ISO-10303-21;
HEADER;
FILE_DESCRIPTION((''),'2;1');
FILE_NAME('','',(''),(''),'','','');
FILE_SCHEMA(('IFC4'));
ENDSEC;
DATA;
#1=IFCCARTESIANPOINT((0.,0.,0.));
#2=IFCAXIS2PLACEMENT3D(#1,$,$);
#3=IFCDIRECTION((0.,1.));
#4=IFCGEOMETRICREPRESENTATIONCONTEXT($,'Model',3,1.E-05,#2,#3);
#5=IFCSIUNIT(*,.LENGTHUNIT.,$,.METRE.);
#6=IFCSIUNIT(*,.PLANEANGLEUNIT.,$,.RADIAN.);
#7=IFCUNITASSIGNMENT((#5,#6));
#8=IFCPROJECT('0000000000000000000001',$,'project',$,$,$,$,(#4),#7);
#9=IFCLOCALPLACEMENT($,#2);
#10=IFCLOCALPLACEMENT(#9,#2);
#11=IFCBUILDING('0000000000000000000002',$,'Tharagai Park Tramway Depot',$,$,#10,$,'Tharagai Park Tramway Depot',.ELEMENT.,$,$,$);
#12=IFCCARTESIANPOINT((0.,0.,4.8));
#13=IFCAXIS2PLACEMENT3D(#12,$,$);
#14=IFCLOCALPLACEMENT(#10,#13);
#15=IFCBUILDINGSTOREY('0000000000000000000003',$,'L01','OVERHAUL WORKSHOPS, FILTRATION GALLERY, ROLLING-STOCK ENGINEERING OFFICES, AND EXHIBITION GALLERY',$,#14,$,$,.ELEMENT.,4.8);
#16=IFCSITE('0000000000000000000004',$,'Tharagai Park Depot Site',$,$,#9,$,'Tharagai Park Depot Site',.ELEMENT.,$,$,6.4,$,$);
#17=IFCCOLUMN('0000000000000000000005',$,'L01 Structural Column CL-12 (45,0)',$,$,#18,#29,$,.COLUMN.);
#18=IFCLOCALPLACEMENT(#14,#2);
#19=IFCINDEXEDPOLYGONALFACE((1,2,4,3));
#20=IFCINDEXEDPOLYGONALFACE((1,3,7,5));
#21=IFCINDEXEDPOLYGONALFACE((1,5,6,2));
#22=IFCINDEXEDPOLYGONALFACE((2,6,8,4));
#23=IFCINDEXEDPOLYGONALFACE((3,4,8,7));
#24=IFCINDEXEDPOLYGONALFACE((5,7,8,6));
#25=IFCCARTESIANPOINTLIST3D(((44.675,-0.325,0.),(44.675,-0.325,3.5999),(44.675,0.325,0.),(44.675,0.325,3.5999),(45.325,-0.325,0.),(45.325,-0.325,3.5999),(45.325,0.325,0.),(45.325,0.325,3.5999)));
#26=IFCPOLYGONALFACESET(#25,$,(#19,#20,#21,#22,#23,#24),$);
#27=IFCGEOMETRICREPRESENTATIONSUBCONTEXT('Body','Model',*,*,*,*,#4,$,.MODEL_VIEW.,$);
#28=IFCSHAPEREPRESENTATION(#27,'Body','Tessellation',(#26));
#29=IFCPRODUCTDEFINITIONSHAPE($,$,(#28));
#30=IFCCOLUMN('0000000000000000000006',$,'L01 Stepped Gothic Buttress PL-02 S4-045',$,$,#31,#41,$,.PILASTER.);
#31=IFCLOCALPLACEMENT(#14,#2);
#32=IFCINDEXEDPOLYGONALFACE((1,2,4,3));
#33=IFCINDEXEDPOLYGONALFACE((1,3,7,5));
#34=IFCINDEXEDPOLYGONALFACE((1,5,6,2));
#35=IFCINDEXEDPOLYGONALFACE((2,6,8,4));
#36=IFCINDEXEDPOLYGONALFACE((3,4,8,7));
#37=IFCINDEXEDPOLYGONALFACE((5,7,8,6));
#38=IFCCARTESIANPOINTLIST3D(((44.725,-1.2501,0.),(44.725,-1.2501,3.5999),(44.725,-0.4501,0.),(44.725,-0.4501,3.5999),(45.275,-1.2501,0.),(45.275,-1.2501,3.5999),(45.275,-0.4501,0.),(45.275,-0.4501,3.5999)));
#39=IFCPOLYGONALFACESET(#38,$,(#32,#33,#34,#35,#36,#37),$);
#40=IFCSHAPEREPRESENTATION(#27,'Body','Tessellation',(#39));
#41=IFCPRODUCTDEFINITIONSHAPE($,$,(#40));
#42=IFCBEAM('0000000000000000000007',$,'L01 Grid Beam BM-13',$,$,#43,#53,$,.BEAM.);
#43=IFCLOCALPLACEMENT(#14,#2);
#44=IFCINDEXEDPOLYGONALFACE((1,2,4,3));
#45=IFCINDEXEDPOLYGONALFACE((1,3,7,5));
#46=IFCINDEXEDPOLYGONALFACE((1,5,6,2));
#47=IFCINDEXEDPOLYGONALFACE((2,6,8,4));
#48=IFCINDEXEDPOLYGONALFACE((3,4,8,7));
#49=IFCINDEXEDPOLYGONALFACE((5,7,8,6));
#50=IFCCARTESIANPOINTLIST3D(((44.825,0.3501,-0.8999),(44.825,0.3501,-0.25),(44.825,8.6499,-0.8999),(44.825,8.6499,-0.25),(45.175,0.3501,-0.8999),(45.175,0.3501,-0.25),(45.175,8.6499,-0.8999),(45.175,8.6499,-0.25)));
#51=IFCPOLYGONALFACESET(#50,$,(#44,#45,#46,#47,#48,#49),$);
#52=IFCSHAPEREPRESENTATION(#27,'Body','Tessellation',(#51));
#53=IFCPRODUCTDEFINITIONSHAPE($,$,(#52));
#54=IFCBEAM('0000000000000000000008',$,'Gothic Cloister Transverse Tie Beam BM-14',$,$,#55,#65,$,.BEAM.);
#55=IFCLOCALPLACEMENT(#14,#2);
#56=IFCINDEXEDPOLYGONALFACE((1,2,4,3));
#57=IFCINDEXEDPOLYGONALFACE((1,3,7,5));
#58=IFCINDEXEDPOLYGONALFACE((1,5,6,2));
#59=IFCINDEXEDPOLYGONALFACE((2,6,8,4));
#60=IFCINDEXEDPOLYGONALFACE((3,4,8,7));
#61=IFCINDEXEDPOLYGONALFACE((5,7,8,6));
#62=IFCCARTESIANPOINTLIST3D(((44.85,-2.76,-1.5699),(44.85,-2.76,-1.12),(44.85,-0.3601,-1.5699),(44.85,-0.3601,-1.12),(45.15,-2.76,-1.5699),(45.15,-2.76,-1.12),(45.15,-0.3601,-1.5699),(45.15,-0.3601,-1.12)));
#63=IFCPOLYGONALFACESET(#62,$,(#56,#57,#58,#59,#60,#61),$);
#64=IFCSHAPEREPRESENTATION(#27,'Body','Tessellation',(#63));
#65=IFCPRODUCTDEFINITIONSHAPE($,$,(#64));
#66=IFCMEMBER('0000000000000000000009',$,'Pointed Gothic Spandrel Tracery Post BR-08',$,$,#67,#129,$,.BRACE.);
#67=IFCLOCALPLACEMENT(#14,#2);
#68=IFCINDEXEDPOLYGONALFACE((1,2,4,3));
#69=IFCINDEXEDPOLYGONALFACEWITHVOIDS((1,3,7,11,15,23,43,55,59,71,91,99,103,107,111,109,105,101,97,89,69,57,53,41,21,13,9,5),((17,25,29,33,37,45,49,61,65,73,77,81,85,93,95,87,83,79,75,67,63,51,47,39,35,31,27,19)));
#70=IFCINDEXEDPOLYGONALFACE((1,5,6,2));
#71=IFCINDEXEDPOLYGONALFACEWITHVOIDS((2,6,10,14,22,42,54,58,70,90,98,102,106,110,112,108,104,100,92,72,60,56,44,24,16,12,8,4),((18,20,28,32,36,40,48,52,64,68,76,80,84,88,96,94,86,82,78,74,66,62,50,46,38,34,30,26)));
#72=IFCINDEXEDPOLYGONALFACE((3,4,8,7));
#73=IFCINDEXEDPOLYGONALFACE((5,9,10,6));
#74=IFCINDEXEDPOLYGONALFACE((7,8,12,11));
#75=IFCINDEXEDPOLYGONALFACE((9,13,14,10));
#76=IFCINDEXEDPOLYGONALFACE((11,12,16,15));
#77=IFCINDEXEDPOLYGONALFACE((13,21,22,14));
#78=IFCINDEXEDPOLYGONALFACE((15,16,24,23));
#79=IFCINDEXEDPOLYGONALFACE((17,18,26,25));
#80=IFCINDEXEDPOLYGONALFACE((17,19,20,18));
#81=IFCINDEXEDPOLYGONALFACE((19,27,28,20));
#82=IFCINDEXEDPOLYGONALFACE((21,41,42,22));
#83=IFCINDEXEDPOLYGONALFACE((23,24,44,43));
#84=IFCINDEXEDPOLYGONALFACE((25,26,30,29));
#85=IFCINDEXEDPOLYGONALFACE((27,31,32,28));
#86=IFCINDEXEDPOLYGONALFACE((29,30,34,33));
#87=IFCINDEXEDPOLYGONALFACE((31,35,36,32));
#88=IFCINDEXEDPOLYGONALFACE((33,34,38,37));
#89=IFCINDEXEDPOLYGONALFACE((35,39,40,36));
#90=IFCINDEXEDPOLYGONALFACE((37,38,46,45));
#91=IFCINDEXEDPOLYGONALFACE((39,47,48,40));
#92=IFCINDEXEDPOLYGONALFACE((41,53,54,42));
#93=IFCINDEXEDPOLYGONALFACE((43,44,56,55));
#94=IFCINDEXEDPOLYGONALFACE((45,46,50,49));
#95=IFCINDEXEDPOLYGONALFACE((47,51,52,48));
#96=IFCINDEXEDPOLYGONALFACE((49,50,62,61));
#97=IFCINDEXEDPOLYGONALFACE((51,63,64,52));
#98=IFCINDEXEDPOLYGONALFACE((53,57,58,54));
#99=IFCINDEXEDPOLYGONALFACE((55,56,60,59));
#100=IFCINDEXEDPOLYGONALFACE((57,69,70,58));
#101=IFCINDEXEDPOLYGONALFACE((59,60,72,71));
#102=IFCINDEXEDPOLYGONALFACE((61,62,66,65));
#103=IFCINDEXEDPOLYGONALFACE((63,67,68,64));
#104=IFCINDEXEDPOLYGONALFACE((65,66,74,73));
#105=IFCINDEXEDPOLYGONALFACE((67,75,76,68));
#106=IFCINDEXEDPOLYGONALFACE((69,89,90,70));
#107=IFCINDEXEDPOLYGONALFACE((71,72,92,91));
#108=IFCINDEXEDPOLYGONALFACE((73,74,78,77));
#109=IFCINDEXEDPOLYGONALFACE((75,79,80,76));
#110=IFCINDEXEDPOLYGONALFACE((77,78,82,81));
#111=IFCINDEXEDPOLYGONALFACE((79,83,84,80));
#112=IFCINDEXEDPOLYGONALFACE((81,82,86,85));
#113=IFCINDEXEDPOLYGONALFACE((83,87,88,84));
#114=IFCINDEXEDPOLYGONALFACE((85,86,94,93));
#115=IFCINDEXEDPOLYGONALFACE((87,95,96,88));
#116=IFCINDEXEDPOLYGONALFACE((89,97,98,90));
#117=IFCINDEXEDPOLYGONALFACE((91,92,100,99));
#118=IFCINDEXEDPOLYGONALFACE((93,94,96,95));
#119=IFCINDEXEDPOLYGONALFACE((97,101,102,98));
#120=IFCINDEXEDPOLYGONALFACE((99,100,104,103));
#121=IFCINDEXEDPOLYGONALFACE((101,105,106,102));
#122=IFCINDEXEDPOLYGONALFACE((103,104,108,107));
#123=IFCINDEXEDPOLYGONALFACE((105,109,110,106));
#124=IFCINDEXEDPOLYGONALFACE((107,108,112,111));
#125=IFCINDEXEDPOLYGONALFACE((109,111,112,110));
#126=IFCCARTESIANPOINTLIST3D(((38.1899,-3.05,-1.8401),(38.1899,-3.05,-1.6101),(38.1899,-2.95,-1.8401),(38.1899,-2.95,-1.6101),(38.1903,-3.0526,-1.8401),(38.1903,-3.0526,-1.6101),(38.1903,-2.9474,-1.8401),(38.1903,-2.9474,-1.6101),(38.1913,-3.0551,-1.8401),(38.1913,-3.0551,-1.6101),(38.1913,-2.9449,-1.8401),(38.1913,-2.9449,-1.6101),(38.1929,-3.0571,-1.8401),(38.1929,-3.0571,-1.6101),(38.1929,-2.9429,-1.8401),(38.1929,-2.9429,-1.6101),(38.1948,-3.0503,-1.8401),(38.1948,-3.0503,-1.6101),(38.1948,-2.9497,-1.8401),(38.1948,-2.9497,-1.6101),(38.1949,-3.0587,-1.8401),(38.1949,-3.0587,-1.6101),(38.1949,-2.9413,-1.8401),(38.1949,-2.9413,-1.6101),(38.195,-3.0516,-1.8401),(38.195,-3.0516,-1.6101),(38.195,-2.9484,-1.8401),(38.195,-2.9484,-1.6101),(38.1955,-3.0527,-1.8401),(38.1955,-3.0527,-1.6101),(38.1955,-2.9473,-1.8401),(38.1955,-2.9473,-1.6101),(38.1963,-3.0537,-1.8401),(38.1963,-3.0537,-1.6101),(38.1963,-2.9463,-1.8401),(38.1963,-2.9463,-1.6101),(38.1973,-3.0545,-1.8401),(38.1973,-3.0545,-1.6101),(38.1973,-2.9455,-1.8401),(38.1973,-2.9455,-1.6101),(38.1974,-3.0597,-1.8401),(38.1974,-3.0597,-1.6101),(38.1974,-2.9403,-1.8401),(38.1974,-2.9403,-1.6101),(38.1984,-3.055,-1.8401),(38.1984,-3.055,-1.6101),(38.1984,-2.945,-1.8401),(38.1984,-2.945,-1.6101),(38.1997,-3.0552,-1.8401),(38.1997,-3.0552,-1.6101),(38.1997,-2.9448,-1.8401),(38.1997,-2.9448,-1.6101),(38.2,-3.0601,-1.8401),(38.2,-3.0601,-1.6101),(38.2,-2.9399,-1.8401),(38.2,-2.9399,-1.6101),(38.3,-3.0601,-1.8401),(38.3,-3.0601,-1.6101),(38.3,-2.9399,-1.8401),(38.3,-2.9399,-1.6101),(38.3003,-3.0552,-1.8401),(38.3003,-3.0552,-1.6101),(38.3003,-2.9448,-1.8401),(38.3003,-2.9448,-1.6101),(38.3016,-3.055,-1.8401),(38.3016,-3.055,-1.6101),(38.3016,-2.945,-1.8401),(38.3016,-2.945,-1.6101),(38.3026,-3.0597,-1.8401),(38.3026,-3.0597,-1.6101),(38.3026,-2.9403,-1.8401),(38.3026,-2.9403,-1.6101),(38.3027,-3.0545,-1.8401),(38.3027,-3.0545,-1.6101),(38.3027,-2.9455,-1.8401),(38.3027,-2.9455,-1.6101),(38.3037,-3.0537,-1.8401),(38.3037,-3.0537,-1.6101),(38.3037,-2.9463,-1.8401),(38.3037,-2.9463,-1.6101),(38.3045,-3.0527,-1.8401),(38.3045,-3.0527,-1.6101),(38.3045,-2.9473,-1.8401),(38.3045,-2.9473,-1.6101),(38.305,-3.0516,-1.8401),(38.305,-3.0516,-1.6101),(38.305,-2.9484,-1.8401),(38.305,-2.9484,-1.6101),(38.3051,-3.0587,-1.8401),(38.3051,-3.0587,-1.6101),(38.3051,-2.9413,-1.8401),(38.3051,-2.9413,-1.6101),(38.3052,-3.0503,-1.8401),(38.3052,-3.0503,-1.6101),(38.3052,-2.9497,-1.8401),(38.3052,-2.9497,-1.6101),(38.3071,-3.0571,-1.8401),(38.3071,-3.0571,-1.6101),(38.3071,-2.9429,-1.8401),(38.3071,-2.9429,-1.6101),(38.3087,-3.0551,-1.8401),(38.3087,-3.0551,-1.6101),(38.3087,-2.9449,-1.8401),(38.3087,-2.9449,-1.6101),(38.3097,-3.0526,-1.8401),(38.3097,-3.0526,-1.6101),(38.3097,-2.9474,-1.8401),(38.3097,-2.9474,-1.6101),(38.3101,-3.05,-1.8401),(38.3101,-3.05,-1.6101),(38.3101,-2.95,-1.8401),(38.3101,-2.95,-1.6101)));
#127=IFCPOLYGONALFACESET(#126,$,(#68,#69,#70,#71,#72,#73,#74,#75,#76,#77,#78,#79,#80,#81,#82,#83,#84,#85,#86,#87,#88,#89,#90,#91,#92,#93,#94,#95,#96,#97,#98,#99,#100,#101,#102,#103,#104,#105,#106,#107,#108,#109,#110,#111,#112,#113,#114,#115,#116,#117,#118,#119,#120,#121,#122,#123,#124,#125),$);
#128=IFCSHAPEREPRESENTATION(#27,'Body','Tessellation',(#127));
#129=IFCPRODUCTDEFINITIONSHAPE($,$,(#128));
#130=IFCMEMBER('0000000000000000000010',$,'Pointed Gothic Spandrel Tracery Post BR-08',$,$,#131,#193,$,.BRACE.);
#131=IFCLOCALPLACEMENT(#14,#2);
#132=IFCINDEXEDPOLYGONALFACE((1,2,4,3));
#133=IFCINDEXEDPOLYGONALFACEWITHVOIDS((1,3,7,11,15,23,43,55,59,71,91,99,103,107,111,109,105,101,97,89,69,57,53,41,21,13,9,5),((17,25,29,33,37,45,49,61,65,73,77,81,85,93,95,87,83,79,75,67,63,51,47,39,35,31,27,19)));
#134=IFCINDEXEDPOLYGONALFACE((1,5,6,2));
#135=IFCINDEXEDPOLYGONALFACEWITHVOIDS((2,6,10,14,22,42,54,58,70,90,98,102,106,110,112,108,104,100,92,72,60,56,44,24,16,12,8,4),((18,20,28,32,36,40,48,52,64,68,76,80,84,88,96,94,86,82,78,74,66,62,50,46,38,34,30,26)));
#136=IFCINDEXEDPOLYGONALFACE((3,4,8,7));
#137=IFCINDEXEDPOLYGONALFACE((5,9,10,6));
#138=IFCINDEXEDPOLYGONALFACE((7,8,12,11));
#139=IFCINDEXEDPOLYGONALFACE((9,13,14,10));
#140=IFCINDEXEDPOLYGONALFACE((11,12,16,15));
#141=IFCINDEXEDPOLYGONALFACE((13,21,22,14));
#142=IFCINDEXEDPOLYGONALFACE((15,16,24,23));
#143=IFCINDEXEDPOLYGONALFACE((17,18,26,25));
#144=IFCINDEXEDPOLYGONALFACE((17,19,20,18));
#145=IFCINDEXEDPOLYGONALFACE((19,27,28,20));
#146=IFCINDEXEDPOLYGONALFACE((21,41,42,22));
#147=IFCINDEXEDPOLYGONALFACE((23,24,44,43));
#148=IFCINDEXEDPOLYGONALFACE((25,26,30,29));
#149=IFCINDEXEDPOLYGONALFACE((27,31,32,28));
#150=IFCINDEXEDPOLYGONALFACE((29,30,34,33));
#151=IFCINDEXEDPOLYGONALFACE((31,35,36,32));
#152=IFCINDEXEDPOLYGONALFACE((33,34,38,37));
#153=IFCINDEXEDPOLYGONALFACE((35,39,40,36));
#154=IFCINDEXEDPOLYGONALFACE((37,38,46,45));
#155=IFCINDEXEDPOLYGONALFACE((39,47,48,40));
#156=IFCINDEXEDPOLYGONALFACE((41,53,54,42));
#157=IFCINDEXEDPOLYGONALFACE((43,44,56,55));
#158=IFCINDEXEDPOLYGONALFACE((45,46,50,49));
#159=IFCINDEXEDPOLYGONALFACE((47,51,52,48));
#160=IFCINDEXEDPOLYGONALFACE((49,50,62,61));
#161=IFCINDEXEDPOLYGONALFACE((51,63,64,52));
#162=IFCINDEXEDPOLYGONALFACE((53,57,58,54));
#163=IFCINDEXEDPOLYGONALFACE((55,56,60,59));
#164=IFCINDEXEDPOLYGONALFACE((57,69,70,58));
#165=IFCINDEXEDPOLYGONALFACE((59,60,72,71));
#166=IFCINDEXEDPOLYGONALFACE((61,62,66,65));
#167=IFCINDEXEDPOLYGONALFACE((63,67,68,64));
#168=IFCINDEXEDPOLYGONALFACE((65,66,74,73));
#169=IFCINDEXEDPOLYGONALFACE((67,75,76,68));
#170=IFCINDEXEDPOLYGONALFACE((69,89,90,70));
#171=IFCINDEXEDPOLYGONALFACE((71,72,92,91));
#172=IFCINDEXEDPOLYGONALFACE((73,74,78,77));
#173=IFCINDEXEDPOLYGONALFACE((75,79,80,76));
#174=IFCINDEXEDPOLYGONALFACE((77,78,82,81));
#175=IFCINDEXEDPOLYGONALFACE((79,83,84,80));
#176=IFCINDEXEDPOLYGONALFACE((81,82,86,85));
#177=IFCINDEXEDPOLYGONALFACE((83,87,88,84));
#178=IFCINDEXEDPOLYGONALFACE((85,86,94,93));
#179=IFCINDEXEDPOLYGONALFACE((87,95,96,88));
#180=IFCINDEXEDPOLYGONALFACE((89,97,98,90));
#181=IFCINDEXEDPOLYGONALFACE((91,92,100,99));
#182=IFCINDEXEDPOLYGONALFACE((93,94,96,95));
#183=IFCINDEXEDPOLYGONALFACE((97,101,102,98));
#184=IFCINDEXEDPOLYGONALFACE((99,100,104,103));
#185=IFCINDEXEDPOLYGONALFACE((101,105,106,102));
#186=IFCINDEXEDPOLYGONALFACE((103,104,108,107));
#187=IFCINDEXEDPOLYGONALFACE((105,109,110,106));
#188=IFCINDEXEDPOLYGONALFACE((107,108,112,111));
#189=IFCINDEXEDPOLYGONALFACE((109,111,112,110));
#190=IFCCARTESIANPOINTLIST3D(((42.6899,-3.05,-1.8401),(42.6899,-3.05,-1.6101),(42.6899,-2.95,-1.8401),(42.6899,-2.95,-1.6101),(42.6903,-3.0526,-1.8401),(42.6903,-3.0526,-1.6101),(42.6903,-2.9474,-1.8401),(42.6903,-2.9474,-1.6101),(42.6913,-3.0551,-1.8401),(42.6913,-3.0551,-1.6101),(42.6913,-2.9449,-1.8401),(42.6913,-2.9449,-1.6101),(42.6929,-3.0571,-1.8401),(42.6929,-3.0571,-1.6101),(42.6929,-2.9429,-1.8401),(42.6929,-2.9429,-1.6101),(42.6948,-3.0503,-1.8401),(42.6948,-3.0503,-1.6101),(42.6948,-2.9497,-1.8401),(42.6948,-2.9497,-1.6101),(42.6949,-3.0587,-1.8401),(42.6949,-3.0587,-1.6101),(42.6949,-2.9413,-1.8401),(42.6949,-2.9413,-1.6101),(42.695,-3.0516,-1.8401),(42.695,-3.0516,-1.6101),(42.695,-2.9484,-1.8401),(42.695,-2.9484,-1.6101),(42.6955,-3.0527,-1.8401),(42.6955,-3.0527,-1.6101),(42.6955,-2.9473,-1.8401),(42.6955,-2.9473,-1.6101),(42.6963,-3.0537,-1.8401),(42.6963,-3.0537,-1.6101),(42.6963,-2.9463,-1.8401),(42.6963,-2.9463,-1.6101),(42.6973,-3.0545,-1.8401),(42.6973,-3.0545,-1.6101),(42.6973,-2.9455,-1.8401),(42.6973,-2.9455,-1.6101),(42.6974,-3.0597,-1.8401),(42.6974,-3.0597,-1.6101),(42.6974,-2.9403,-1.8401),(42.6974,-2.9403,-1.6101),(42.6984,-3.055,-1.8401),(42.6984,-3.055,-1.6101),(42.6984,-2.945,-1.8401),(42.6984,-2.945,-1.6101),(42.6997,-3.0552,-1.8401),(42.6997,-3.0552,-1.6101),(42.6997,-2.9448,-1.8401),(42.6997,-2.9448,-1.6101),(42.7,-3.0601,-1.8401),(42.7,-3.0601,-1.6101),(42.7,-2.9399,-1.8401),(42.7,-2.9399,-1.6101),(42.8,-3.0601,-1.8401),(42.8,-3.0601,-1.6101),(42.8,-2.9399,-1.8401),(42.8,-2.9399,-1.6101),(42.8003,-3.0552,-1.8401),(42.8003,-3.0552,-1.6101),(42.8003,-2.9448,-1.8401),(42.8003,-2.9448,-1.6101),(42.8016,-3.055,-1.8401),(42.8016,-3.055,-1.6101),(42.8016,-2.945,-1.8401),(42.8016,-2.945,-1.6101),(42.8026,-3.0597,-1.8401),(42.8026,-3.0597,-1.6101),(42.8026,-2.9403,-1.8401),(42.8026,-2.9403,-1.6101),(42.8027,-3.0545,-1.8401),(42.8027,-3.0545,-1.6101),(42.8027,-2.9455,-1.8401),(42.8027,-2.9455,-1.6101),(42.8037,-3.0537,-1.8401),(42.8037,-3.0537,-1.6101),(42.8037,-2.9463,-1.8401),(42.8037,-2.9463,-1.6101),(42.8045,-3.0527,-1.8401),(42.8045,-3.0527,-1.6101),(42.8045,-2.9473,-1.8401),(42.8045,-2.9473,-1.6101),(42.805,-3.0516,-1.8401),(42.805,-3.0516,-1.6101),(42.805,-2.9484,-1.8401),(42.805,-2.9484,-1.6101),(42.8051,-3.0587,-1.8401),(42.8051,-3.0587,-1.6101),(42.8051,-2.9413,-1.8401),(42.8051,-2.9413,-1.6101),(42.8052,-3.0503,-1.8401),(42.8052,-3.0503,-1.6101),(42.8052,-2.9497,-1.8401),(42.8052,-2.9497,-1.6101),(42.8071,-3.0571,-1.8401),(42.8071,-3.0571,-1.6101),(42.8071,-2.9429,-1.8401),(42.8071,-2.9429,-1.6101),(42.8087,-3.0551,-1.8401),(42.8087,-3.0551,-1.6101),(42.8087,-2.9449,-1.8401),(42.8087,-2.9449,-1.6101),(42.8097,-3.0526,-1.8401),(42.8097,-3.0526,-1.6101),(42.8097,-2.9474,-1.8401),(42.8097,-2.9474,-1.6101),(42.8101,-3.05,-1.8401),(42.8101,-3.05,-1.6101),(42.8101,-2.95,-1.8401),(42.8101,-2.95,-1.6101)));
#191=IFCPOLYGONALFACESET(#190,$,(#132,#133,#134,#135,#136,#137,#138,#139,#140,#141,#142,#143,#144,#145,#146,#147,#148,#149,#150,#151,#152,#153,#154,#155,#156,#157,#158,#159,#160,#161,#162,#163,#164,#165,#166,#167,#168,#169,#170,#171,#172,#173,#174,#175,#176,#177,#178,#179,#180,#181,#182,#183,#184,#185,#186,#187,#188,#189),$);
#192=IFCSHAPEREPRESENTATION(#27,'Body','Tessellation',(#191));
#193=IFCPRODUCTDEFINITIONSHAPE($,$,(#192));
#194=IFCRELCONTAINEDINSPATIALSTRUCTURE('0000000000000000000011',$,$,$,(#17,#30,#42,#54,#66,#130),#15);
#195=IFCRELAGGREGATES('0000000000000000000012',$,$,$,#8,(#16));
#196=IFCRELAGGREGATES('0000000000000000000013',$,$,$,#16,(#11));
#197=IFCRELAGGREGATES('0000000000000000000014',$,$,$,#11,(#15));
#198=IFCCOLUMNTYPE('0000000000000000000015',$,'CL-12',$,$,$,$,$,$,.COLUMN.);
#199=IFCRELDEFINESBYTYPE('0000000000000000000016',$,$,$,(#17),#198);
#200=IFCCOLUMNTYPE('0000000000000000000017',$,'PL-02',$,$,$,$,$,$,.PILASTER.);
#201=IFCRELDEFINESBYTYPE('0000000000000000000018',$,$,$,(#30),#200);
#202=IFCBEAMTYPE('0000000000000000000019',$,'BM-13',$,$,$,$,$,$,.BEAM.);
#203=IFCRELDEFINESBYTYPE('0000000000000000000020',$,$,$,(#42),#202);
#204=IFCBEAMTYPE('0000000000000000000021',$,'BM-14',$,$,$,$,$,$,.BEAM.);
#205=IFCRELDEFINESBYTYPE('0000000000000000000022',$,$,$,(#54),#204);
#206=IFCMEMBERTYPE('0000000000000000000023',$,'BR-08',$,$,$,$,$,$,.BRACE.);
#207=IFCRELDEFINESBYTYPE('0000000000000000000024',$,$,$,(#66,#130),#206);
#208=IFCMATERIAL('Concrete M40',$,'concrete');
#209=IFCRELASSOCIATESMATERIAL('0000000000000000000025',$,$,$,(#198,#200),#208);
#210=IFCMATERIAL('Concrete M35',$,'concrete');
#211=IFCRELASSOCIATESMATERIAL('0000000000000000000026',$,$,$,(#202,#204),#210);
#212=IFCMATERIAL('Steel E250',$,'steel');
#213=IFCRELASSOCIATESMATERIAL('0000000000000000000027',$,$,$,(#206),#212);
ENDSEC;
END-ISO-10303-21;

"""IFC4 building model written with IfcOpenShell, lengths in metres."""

from ifc_helpers import new_model, si_unit, direction, frame, origin, origin_2d, place, context, subcontext, project, spatial, rectangle, hollow_rectangle, extrude, material, material_profile, profile_set, type_object, element, save


model = new_model("IFC4")

# Units and contexts
model_context = context("Model", 3, precision=1e-05, world=origin(), true_north=direction((0.0, 1.0)))
body_context = subcontext(model_context, "Body", "Model", "MODEL_VIEW")
ifc_project = project(units=[si_unit("LENGTHUNIT", "METRE"), si_unit("PLANEANGLEUNIT", "RADIAN")], contexts=[model_context])

# Site, building, storey
site_placement = place(None, origin())
site = spatial("IfcSite", under=ifc_project, at=site_placement, Name="Tharagai Park Depot Site", LongName="Tharagai Park Depot Site", CompositionType="ELEMENT", RefElevation=6.4)
building_placement = place(site_placement, origin())
building = spatial("IfcBuilding", under=site, at=building_placement, Name="Tharagai Park Tramway Depot", LongName="Tharagai Park Tramway Depot", CompositionType="ELEMENT")
storey_placement = place(building_placement, frame((0.0, 0.0, 4.8)))
storey = spatial("IfcBuildingStorey", under=building, at=storey_placement, Name="L01", Description="OVERHAUL WORKSHOPS, FILTRATION GALLERY, ROLLING-STOCK ENGINEERING OFFICES, AND EXHIBITION GALLERY", CompositionType="ELEMENT", Elevation=4.8)

# Columns
ifc_material_1 = material(Name="Concrete M40", Category="concrete")
ifc_material_profile_1 = material_profile(ifc_material_1, rectangle(XDim=0.6499, YDim=0.6499, at=origin_2d()), Name="RC 650x650")
ifc_profile_set_1 = profile_set([ifc_material_profile_1], Name="Concrete M40")
column_type_1 = type_object("IfcColumnType", Name="CL-12", PredefinedType="COLUMN", material=ifc_profile_set_1)
column_1_placement = place(storey_placement, frame((45.0, 0.0, 0.0), z_axis=(0.0, 0.0, 1.0), x_axis=(1.0, 0.0, 0.0)))
element("IfcColumn", 1, at=column_1_placement, inside=storey, type_object=column_type_1, Name="L01 Structural Column CL-12 (45,0)", PredefinedType="COLUMN", context=body_context, shape_type="SweptSolid", body=[
    extrude(rectangle(XDim=0.6499, YDim=0.6499, at=origin_2d()), origin(), (0.0, 0.0, 1.0), 3.5999),
])
ifc_material_profile_2 = material_profile(ifc_material_1, rectangle(XDim=0.55, YDim=0.8, at=origin_2d()), Name="RC 550x800")
ifc_profile_set_2 = profile_set([ifc_material_profile_2], Name="Concrete M40")
column_type_2 = type_object("IfcColumnType", Name="PL-02", PredefinedType="PILASTER", material=ifc_profile_set_2)
column_2_placement = place(storey_placement, frame((45.0, -0.8501, 0.0), z_axis=(0.0, 0.0, 1.0), x_axis=(1.0, 0.0, 0.0)))
element("IfcColumn", 2, at=column_2_placement, inside=storey, type_object=column_type_2, Name="L01 Stepped Gothic Buttress PL-02 S4-045", PredefinedType="PILASTER", context=body_context, shape_type="SweptSolid", body=[
    extrude(rectangle(XDim=0.55, YDim=0.8, at=origin_2d()), origin(), (0.0, 0.0, 1.0), 3.5999),
])

# Beams
ifc_material_2 = material(Name="Concrete M35", Category="concrete")
ifc_material_profile_3 = material_profile(ifc_material_2, rectangle(XDim=0.3501, YDim=0.6499, at=origin_2d()), Name="RC 350x650")
ifc_profile_set_3 = profile_set([ifc_material_profile_3], Name="Concrete M35")
beam_type_1 = type_object("IfcBeamType", Name="BM-13", PredefinedType="BEAM", material=ifc_profile_set_3)
beam_1_placement = place(storey_placement, frame((45.0, 0.3501, -0.575), z_axis=(0.0, 1.0, 0.0), x_axis=(-1.0, 0.0, 0.0)))
element("IfcBeam", 3, at=beam_1_placement, inside=storey, type_object=beam_type_1, Name="L01 Grid Beam BM-13", PredefinedType="BEAM", context=body_context, shape_type="SweptSolid", body=[
    extrude(rectangle(XDim=0.3501, YDim=0.6499, at=origin_2d()), origin(), (0.0, 0.0, 1.0), 8.2998),
])
ifc_material_profile_4 = material_profile(ifc_material_2, rectangle(XDim=0.3, YDim=0.45, at=origin_2d()), Name="RC 300x450")
ifc_profile_set_4 = profile_set([ifc_material_profile_4], Name="Concrete M35")
beam_type_2 = type_object("IfcBeamType", Name="BM-14", PredefinedType="BEAM", material=ifc_profile_set_4)
beam_2_placement = place(storey_placement, frame((45.0, -2.76, -1.345), z_axis=(0.0, 1.0, 0.0), x_axis=(-1.0, 0.0, 0.0)))
element("IfcBeam", 4, at=beam_2_placement, inside=storey, type_object=beam_type_2, Name="Gothic Cloister Transverse Tie Beam BM-14", PredefinedType="BEAM", context=body_context, shape_type="SweptSolid", body=[
    extrude(rectangle(XDim=0.3, YDim=0.45, at=origin_2d()), origin(), (0.0, 0.0, 1.0), 2.3999),
])

# Members
ifc_material_3 = material(Name="Steel E250", Category="steel")
ifc_material_profile_5 = material_profile(ifc_material_3, hollow_rectangle(XDim=0.1201, YDim=0.1201, WallThickness=0.0049, InnerFilletRadius=0.0049, OuterFilletRadius=0.01, at=origin_2d()), Name="SHS 120x120x5")
ifc_profile_set_5 = profile_set([ifc_material_profile_5], Name="Steel E250")
member_type_1 = type_object("IfcMemberType", Name="BR-08", PredefinedType="BRACE", material=ifc_profile_set_5)
for number, where, z_axis, x_axis, name in (
    (5, (38.25, -3.0, -1.8401), (0.0, 0.0, 1.0), (1.0, 0.0, 0.0), "Pointed Gothic Spandrel Tracery Post BR-08"),
    (6, (42.75, -3.0, -1.8401), (0.0, 0.0, 1.0), (1.0, 0.0, 0.0), "Pointed Gothic Spandrel Tracery Post BR-08"),
):
    element("IfcMember", number, at=place(storey_placement, frame(where, z_axis=z_axis, x_axis=x_axis)), inside=storey, type_object=member_type_1, Name=name, PredefinedType="BRACE", context=body_context, shape_type="SweptSolid", body=[
        extrude(hollow_rectangle(XDim=0.1201, YDim=0.1201, WallThickness=0.0049, InnerFilletRadius=0.0049, OuterFilletRadius=0.01, at=origin_2d()), origin(), (0.0, 0.0, 1.0), 0.23),
    ])

save(model, "model.ifc")
